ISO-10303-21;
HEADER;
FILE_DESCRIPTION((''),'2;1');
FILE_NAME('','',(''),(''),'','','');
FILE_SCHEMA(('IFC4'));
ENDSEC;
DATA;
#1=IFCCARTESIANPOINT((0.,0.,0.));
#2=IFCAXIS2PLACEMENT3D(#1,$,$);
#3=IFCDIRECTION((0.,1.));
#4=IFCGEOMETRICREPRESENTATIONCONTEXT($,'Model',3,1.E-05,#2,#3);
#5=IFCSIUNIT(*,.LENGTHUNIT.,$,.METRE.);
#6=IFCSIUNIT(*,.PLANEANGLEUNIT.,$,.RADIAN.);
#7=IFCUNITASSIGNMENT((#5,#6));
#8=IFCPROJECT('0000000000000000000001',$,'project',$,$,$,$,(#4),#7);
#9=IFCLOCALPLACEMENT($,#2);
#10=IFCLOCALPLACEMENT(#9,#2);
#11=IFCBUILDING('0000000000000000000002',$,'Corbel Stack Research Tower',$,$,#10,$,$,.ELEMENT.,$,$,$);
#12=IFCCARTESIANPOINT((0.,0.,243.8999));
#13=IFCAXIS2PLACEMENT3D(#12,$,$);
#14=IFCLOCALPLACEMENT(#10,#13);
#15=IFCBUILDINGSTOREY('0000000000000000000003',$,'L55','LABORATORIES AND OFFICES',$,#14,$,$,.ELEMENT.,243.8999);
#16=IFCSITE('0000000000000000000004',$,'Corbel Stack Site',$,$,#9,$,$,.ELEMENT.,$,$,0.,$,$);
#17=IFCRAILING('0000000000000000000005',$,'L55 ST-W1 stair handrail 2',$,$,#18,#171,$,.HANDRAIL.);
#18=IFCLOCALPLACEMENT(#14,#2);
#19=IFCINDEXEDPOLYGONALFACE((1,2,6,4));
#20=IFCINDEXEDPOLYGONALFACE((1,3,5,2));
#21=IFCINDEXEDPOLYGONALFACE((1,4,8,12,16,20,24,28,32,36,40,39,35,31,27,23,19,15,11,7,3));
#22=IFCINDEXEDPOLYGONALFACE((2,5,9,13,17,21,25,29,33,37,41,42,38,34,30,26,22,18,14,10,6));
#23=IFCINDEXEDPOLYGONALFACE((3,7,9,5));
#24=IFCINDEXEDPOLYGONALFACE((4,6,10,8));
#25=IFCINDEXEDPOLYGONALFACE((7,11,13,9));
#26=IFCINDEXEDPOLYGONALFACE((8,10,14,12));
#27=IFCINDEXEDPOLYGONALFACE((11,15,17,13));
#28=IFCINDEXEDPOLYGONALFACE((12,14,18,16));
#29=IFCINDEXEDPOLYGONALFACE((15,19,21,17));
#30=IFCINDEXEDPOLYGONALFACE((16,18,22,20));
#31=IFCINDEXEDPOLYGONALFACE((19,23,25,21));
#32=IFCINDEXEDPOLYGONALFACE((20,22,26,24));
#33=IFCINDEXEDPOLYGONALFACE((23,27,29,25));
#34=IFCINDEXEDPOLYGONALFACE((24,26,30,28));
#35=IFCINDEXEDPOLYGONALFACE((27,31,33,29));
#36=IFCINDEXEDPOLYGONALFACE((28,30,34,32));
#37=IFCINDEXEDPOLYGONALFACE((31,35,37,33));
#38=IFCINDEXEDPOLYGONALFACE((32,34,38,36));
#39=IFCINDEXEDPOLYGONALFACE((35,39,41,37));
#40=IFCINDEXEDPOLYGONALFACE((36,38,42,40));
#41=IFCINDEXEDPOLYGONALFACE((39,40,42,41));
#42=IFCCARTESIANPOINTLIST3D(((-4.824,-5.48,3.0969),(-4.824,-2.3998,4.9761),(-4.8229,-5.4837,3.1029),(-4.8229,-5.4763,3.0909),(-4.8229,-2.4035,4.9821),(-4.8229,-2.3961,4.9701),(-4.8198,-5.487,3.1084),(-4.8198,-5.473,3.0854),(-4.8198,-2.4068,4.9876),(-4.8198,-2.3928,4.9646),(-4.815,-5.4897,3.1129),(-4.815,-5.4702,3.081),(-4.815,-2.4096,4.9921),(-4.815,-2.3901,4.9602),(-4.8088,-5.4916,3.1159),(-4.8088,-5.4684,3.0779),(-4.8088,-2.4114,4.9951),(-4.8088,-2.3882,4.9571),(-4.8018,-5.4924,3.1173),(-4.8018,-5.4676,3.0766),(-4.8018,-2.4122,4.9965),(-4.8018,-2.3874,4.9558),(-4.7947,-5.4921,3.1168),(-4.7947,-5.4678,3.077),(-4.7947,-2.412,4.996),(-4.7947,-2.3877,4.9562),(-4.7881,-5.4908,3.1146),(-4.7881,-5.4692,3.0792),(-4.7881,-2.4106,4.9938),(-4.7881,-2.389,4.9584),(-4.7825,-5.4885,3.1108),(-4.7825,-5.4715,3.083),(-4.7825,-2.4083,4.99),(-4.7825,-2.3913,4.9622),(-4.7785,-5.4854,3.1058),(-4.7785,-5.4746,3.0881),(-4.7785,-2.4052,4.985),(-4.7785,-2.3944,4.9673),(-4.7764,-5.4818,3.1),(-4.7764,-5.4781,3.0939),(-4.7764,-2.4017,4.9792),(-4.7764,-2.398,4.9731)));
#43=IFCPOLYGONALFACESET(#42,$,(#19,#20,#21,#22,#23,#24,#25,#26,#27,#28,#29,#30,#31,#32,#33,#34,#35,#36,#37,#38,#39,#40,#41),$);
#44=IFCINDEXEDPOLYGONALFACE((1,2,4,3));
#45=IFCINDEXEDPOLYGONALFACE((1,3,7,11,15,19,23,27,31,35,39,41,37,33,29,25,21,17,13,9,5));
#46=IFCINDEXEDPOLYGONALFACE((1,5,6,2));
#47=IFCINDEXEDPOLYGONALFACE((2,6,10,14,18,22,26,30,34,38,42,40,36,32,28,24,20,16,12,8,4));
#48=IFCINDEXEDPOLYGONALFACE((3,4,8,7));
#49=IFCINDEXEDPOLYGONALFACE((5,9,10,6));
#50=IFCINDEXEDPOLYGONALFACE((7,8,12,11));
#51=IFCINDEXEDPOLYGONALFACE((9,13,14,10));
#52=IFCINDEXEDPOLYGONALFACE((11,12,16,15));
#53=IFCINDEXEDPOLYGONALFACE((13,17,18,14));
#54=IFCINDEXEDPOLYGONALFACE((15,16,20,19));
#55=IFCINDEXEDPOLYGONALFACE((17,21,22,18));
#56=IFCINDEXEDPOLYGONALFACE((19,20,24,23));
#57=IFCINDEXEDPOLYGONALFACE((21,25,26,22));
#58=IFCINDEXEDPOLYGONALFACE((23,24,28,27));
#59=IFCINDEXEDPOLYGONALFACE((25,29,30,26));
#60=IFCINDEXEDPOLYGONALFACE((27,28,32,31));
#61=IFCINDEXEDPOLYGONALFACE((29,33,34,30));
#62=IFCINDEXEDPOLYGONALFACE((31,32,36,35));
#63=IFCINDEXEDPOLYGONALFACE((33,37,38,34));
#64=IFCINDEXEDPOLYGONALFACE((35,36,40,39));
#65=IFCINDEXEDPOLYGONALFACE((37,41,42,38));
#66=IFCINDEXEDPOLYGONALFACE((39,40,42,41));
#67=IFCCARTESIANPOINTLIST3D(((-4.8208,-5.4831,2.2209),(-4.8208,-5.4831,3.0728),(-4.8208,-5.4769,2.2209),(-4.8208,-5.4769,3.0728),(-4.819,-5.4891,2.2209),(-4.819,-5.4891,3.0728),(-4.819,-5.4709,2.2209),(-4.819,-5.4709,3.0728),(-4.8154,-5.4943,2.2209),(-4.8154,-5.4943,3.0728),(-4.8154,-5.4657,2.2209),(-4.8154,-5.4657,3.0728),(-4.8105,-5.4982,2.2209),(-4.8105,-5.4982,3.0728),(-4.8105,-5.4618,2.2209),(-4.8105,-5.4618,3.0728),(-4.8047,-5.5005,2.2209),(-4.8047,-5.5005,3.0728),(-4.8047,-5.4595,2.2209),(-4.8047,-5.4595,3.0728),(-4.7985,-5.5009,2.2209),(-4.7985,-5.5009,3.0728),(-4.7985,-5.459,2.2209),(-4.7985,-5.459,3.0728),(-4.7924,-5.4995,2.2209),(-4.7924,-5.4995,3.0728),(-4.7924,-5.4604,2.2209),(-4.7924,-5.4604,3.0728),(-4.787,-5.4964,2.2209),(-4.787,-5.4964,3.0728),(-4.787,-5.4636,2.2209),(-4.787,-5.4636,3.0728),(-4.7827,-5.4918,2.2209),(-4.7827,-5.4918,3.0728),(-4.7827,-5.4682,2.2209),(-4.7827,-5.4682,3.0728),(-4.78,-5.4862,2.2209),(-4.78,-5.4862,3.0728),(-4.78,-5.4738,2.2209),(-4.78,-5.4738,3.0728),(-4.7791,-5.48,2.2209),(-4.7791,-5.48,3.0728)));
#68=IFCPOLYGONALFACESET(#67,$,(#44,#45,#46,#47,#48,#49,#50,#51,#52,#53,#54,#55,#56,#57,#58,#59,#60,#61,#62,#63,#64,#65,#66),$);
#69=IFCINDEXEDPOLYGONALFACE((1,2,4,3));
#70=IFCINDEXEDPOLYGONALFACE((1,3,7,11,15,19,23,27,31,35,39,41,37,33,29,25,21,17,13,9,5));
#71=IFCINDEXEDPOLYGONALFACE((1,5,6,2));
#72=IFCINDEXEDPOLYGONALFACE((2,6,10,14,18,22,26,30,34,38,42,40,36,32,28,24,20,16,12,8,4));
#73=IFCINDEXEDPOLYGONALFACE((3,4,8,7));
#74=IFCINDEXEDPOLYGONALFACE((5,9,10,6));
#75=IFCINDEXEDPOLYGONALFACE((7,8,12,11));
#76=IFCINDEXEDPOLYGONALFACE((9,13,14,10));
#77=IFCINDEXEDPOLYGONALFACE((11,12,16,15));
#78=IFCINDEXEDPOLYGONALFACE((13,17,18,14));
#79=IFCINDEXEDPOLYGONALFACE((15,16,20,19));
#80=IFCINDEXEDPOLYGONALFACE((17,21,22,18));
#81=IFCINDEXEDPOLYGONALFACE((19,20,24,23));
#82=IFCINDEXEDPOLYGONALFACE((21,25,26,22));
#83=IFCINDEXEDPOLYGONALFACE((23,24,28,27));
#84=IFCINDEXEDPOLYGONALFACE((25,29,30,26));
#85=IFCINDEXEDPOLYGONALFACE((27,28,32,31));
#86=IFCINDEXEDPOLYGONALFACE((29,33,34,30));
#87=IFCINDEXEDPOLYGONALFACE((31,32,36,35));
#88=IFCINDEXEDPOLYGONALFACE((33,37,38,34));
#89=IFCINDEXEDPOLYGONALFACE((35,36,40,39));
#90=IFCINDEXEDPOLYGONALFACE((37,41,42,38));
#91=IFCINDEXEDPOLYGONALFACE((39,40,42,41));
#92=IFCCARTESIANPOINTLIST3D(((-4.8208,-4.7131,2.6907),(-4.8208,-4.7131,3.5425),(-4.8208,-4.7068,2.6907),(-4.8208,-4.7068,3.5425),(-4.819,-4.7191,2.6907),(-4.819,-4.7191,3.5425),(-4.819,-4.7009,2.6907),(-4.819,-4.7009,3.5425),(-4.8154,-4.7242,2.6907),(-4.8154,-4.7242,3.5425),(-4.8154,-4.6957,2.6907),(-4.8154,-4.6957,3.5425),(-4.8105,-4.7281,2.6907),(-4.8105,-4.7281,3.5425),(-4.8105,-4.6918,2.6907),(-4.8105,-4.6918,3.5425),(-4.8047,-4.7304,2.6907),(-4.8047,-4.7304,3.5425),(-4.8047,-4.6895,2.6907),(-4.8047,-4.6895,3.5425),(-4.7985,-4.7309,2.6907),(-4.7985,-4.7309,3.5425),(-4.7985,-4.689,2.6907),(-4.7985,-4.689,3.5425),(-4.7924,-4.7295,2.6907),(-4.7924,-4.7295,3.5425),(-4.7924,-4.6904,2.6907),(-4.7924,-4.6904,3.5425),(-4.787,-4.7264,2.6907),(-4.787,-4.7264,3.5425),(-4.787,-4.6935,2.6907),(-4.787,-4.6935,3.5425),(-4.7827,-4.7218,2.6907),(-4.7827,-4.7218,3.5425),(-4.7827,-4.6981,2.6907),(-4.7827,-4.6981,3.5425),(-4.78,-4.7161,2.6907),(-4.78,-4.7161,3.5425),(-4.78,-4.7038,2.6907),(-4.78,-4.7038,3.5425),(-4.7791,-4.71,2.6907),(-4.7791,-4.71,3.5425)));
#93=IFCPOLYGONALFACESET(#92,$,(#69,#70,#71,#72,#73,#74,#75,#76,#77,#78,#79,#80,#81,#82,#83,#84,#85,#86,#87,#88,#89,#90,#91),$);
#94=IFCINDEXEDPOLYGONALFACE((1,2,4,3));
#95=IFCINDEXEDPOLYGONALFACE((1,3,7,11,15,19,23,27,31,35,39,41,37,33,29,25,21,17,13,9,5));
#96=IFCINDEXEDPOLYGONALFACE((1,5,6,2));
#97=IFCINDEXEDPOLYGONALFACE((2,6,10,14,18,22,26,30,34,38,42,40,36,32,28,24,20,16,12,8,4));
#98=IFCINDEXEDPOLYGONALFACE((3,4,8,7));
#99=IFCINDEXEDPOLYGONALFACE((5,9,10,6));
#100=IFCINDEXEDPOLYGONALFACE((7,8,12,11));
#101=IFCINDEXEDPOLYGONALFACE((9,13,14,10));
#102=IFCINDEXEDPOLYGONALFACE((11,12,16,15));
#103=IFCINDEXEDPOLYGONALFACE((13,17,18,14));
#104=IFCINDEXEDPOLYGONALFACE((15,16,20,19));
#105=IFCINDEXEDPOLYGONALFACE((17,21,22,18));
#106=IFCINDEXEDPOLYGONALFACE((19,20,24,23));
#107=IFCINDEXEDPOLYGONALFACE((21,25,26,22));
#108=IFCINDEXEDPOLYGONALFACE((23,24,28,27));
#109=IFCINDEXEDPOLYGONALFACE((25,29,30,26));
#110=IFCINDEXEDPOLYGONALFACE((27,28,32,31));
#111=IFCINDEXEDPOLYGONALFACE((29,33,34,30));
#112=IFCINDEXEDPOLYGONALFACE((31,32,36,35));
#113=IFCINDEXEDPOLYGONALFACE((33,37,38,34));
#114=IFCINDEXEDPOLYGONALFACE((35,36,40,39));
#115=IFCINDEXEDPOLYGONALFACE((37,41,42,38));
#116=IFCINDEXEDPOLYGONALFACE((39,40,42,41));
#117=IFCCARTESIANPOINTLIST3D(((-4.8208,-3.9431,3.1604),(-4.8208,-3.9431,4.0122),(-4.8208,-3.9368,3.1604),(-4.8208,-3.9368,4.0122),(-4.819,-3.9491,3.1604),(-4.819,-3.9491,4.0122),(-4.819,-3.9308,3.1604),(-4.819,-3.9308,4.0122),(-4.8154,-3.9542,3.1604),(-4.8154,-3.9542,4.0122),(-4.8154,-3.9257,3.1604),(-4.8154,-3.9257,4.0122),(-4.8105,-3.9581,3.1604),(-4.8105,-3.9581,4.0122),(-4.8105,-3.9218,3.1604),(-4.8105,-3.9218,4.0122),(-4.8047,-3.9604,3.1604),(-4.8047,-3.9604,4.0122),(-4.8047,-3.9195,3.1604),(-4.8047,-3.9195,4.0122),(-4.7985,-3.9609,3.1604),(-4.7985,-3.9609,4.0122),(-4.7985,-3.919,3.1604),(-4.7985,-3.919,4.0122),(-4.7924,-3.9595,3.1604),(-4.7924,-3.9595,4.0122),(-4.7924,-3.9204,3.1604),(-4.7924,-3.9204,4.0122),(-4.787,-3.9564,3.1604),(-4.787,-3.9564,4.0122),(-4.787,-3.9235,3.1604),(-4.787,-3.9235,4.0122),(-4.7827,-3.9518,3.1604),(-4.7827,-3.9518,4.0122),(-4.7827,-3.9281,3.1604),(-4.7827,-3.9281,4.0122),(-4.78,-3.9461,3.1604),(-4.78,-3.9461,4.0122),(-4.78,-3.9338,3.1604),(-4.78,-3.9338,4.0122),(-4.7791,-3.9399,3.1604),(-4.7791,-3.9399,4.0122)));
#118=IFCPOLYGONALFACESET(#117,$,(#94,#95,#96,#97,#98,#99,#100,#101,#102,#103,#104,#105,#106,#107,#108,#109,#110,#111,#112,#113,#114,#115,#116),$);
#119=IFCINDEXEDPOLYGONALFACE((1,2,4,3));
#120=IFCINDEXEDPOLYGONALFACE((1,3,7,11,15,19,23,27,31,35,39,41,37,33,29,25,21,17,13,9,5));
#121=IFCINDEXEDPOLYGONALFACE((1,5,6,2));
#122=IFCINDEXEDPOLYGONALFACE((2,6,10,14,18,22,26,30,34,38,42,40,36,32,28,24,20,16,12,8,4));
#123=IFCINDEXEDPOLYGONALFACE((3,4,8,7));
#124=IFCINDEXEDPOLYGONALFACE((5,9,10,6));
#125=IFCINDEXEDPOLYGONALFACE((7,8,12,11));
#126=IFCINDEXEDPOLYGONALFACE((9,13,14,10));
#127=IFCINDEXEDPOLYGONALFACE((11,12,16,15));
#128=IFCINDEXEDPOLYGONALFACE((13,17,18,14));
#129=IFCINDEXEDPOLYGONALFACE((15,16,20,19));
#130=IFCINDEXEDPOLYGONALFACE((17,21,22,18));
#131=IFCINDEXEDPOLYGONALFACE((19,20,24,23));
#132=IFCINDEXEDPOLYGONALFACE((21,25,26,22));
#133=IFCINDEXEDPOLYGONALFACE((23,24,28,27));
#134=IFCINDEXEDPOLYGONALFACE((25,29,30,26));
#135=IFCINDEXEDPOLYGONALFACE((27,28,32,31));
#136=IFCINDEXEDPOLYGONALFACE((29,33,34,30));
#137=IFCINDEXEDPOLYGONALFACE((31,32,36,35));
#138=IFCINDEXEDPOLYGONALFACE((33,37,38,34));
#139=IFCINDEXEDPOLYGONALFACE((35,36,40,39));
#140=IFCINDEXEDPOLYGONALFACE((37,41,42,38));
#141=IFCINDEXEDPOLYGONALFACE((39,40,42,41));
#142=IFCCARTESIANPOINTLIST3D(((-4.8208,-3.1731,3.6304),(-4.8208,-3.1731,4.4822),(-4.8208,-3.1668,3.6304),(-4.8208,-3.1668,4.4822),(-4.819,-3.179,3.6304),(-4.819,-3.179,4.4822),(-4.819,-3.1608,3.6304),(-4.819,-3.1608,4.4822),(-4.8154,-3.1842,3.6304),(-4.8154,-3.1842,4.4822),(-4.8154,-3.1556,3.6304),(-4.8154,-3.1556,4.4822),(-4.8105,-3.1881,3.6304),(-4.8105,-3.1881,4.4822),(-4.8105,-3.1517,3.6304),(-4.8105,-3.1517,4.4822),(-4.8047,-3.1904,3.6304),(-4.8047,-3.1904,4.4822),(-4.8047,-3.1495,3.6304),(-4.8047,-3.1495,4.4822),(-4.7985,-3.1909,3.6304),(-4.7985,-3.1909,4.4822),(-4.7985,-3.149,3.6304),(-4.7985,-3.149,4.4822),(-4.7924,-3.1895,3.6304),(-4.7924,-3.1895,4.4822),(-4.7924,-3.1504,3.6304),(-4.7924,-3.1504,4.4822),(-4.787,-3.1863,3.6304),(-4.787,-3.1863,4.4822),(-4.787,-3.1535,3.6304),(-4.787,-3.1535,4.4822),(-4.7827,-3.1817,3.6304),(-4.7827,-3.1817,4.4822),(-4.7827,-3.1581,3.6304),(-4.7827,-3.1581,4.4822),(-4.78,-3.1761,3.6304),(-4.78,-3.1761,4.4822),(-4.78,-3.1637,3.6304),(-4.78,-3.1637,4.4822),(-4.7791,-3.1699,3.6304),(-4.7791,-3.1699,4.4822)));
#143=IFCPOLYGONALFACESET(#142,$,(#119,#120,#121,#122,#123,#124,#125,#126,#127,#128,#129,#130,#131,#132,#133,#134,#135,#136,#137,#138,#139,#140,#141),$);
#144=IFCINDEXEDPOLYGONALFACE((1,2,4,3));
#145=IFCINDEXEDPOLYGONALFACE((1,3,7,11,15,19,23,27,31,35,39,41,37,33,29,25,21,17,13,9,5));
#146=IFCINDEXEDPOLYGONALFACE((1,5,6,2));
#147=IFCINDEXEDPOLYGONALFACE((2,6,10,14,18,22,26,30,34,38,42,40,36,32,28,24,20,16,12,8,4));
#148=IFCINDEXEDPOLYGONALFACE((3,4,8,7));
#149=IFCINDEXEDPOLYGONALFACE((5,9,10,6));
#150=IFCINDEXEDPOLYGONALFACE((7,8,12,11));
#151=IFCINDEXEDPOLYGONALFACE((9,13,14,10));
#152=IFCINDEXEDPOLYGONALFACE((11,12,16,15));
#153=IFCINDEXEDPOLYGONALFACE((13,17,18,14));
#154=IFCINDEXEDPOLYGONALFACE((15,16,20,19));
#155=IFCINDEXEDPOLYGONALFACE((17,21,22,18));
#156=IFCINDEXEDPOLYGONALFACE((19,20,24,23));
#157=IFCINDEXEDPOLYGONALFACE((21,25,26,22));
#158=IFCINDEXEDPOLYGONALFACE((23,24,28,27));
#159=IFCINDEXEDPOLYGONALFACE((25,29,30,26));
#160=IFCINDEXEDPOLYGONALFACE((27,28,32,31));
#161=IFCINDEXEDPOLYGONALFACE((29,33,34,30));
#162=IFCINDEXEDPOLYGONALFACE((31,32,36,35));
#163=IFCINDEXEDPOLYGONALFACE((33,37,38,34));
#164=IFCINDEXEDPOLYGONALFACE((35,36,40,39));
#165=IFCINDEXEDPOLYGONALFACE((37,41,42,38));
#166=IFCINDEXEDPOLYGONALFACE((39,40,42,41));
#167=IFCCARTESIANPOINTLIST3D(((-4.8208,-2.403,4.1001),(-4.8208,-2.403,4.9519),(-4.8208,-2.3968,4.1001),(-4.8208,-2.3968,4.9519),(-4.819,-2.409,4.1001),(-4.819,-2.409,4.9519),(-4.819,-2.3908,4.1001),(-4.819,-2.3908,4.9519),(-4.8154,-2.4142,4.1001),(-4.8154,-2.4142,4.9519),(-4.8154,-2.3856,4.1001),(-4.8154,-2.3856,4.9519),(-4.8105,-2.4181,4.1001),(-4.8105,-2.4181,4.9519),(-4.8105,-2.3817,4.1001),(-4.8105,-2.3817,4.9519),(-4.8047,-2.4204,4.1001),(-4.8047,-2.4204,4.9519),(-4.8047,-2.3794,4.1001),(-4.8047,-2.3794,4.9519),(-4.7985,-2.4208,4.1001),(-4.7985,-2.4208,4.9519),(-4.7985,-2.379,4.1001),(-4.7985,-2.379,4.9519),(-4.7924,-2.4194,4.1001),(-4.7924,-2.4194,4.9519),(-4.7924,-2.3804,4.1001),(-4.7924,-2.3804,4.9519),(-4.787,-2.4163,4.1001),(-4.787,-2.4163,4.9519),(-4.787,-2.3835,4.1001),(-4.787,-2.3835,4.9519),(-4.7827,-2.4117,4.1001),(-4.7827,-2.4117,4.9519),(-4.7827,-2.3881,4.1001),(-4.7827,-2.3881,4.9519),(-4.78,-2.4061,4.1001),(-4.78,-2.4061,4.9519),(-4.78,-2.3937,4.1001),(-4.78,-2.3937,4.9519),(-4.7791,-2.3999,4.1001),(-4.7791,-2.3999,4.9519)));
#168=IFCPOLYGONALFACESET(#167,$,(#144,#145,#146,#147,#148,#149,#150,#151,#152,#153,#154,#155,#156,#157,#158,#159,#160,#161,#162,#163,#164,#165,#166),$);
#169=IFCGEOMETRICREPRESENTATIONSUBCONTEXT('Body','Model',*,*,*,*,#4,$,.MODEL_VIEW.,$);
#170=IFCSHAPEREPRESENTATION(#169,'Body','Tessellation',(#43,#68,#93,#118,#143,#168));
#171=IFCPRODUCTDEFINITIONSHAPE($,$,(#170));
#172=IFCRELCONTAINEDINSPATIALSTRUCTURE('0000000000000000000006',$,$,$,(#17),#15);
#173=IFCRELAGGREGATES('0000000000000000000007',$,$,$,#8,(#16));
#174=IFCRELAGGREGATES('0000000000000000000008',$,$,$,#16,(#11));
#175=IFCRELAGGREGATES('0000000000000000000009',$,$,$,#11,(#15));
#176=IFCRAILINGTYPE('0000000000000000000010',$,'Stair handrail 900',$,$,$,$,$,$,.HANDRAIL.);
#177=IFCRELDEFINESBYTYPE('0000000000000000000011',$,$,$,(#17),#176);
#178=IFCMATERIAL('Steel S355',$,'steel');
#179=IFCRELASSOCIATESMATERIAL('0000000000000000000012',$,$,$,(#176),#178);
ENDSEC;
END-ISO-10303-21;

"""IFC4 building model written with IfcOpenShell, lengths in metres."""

from ifc_helpers import new_model, si_unit, direction, frame, origin, origin_2d, place, context, subcontext, project, spatial, circle, extrude, material, type_object, element, save


model = new_model("IFC4")

# Units and contexts
model_context = context("Model", 3, precision=1e-05, world=origin(), true_north=direction((0.0, 1.0)))
body_context = subcontext(model_context, "Body", "Model", "MODEL_VIEW")
ifc_project = project(units=[si_unit("LENGTHUNIT", "METRE"), si_unit("PLANEANGLEUNIT", "RADIAN")], contexts=[model_context])

# Site, building, storey
site_placement = place(None, origin())
site = spatial("IfcSite", under=ifc_project, at=site_placement, Name="Corbel Stack Site", CompositionType="ELEMENT", RefElevation=0.0)
building_placement = place(site_placement, origin())
building = spatial("IfcBuilding", under=site, at=building_placement, Name="Corbel Stack Research Tower", CompositionType="ELEMENT")
storey_placement = place(building_placement, frame((0.0, 0.0, 243.8999)))
storey = spatial("IfcBuildingStorey", under=building, at=storey_placement, Name="L55", Description="LABORATORIES AND OFFICES", CompositionType="ELEMENT", Elevation=243.8999)

# Railing
ifc_material_1 = material(Name="Steel S355", Category="steel")
railing_type_1 = type_object("IfcRailingType", Name="Stair handrail 900", PredefinedType="HANDRAIL", material=ifc_material_1)
railing_1_placement = place(storey_placement, frame((-4.8, -5.48, 2.2209)))
element("IfcRailing", 1, at=railing_1_placement, inside=storey, type_object=railing_type_1, Name="L55 ST-W1 stair handrail 2", PredefinedType="HANDRAIL", context=body_context, shape_type="SweptSolid", body=[
    extrude(circle(Radius=0.0239, at=origin_2d()), frame((0.0, 0.0, 0.876), z_axis=(0.0, 0.853666, 0.52082), x_axis=(-1.0, 0.0, 0.0)), (0.0, 0.0, 1.0), 3.6082),
    extrude(circle(Radius=0.021, at=origin_2d()), origin(), (0.0, 0.0, 1.0), 0.8518),
    extrude(circle(Radius=0.021, at=origin_2d()), frame((0.0, 0.77, 0.4697)), (0.0, 0.0, 1.0), 0.8518),
    extrude(circle(Radius=0.021, at=origin_2d()), frame((0.0, 1.54, 0.9395)), (0.0, 0.0, 1.0), 0.8518),
    extrude(circle(Radius=0.021, at=origin_2d()), frame((0.0, 2.3101, 1.4094)), (0.0, 0.0, 1.0), 0.8518),
    extrude(circle(Radius=0.021, at=origin_2d()), frame((0.0, 3.0801, 1.8792)), (0.0, 0.0, 1.0), 0.8518),
])

save(model, "model.ifc")
